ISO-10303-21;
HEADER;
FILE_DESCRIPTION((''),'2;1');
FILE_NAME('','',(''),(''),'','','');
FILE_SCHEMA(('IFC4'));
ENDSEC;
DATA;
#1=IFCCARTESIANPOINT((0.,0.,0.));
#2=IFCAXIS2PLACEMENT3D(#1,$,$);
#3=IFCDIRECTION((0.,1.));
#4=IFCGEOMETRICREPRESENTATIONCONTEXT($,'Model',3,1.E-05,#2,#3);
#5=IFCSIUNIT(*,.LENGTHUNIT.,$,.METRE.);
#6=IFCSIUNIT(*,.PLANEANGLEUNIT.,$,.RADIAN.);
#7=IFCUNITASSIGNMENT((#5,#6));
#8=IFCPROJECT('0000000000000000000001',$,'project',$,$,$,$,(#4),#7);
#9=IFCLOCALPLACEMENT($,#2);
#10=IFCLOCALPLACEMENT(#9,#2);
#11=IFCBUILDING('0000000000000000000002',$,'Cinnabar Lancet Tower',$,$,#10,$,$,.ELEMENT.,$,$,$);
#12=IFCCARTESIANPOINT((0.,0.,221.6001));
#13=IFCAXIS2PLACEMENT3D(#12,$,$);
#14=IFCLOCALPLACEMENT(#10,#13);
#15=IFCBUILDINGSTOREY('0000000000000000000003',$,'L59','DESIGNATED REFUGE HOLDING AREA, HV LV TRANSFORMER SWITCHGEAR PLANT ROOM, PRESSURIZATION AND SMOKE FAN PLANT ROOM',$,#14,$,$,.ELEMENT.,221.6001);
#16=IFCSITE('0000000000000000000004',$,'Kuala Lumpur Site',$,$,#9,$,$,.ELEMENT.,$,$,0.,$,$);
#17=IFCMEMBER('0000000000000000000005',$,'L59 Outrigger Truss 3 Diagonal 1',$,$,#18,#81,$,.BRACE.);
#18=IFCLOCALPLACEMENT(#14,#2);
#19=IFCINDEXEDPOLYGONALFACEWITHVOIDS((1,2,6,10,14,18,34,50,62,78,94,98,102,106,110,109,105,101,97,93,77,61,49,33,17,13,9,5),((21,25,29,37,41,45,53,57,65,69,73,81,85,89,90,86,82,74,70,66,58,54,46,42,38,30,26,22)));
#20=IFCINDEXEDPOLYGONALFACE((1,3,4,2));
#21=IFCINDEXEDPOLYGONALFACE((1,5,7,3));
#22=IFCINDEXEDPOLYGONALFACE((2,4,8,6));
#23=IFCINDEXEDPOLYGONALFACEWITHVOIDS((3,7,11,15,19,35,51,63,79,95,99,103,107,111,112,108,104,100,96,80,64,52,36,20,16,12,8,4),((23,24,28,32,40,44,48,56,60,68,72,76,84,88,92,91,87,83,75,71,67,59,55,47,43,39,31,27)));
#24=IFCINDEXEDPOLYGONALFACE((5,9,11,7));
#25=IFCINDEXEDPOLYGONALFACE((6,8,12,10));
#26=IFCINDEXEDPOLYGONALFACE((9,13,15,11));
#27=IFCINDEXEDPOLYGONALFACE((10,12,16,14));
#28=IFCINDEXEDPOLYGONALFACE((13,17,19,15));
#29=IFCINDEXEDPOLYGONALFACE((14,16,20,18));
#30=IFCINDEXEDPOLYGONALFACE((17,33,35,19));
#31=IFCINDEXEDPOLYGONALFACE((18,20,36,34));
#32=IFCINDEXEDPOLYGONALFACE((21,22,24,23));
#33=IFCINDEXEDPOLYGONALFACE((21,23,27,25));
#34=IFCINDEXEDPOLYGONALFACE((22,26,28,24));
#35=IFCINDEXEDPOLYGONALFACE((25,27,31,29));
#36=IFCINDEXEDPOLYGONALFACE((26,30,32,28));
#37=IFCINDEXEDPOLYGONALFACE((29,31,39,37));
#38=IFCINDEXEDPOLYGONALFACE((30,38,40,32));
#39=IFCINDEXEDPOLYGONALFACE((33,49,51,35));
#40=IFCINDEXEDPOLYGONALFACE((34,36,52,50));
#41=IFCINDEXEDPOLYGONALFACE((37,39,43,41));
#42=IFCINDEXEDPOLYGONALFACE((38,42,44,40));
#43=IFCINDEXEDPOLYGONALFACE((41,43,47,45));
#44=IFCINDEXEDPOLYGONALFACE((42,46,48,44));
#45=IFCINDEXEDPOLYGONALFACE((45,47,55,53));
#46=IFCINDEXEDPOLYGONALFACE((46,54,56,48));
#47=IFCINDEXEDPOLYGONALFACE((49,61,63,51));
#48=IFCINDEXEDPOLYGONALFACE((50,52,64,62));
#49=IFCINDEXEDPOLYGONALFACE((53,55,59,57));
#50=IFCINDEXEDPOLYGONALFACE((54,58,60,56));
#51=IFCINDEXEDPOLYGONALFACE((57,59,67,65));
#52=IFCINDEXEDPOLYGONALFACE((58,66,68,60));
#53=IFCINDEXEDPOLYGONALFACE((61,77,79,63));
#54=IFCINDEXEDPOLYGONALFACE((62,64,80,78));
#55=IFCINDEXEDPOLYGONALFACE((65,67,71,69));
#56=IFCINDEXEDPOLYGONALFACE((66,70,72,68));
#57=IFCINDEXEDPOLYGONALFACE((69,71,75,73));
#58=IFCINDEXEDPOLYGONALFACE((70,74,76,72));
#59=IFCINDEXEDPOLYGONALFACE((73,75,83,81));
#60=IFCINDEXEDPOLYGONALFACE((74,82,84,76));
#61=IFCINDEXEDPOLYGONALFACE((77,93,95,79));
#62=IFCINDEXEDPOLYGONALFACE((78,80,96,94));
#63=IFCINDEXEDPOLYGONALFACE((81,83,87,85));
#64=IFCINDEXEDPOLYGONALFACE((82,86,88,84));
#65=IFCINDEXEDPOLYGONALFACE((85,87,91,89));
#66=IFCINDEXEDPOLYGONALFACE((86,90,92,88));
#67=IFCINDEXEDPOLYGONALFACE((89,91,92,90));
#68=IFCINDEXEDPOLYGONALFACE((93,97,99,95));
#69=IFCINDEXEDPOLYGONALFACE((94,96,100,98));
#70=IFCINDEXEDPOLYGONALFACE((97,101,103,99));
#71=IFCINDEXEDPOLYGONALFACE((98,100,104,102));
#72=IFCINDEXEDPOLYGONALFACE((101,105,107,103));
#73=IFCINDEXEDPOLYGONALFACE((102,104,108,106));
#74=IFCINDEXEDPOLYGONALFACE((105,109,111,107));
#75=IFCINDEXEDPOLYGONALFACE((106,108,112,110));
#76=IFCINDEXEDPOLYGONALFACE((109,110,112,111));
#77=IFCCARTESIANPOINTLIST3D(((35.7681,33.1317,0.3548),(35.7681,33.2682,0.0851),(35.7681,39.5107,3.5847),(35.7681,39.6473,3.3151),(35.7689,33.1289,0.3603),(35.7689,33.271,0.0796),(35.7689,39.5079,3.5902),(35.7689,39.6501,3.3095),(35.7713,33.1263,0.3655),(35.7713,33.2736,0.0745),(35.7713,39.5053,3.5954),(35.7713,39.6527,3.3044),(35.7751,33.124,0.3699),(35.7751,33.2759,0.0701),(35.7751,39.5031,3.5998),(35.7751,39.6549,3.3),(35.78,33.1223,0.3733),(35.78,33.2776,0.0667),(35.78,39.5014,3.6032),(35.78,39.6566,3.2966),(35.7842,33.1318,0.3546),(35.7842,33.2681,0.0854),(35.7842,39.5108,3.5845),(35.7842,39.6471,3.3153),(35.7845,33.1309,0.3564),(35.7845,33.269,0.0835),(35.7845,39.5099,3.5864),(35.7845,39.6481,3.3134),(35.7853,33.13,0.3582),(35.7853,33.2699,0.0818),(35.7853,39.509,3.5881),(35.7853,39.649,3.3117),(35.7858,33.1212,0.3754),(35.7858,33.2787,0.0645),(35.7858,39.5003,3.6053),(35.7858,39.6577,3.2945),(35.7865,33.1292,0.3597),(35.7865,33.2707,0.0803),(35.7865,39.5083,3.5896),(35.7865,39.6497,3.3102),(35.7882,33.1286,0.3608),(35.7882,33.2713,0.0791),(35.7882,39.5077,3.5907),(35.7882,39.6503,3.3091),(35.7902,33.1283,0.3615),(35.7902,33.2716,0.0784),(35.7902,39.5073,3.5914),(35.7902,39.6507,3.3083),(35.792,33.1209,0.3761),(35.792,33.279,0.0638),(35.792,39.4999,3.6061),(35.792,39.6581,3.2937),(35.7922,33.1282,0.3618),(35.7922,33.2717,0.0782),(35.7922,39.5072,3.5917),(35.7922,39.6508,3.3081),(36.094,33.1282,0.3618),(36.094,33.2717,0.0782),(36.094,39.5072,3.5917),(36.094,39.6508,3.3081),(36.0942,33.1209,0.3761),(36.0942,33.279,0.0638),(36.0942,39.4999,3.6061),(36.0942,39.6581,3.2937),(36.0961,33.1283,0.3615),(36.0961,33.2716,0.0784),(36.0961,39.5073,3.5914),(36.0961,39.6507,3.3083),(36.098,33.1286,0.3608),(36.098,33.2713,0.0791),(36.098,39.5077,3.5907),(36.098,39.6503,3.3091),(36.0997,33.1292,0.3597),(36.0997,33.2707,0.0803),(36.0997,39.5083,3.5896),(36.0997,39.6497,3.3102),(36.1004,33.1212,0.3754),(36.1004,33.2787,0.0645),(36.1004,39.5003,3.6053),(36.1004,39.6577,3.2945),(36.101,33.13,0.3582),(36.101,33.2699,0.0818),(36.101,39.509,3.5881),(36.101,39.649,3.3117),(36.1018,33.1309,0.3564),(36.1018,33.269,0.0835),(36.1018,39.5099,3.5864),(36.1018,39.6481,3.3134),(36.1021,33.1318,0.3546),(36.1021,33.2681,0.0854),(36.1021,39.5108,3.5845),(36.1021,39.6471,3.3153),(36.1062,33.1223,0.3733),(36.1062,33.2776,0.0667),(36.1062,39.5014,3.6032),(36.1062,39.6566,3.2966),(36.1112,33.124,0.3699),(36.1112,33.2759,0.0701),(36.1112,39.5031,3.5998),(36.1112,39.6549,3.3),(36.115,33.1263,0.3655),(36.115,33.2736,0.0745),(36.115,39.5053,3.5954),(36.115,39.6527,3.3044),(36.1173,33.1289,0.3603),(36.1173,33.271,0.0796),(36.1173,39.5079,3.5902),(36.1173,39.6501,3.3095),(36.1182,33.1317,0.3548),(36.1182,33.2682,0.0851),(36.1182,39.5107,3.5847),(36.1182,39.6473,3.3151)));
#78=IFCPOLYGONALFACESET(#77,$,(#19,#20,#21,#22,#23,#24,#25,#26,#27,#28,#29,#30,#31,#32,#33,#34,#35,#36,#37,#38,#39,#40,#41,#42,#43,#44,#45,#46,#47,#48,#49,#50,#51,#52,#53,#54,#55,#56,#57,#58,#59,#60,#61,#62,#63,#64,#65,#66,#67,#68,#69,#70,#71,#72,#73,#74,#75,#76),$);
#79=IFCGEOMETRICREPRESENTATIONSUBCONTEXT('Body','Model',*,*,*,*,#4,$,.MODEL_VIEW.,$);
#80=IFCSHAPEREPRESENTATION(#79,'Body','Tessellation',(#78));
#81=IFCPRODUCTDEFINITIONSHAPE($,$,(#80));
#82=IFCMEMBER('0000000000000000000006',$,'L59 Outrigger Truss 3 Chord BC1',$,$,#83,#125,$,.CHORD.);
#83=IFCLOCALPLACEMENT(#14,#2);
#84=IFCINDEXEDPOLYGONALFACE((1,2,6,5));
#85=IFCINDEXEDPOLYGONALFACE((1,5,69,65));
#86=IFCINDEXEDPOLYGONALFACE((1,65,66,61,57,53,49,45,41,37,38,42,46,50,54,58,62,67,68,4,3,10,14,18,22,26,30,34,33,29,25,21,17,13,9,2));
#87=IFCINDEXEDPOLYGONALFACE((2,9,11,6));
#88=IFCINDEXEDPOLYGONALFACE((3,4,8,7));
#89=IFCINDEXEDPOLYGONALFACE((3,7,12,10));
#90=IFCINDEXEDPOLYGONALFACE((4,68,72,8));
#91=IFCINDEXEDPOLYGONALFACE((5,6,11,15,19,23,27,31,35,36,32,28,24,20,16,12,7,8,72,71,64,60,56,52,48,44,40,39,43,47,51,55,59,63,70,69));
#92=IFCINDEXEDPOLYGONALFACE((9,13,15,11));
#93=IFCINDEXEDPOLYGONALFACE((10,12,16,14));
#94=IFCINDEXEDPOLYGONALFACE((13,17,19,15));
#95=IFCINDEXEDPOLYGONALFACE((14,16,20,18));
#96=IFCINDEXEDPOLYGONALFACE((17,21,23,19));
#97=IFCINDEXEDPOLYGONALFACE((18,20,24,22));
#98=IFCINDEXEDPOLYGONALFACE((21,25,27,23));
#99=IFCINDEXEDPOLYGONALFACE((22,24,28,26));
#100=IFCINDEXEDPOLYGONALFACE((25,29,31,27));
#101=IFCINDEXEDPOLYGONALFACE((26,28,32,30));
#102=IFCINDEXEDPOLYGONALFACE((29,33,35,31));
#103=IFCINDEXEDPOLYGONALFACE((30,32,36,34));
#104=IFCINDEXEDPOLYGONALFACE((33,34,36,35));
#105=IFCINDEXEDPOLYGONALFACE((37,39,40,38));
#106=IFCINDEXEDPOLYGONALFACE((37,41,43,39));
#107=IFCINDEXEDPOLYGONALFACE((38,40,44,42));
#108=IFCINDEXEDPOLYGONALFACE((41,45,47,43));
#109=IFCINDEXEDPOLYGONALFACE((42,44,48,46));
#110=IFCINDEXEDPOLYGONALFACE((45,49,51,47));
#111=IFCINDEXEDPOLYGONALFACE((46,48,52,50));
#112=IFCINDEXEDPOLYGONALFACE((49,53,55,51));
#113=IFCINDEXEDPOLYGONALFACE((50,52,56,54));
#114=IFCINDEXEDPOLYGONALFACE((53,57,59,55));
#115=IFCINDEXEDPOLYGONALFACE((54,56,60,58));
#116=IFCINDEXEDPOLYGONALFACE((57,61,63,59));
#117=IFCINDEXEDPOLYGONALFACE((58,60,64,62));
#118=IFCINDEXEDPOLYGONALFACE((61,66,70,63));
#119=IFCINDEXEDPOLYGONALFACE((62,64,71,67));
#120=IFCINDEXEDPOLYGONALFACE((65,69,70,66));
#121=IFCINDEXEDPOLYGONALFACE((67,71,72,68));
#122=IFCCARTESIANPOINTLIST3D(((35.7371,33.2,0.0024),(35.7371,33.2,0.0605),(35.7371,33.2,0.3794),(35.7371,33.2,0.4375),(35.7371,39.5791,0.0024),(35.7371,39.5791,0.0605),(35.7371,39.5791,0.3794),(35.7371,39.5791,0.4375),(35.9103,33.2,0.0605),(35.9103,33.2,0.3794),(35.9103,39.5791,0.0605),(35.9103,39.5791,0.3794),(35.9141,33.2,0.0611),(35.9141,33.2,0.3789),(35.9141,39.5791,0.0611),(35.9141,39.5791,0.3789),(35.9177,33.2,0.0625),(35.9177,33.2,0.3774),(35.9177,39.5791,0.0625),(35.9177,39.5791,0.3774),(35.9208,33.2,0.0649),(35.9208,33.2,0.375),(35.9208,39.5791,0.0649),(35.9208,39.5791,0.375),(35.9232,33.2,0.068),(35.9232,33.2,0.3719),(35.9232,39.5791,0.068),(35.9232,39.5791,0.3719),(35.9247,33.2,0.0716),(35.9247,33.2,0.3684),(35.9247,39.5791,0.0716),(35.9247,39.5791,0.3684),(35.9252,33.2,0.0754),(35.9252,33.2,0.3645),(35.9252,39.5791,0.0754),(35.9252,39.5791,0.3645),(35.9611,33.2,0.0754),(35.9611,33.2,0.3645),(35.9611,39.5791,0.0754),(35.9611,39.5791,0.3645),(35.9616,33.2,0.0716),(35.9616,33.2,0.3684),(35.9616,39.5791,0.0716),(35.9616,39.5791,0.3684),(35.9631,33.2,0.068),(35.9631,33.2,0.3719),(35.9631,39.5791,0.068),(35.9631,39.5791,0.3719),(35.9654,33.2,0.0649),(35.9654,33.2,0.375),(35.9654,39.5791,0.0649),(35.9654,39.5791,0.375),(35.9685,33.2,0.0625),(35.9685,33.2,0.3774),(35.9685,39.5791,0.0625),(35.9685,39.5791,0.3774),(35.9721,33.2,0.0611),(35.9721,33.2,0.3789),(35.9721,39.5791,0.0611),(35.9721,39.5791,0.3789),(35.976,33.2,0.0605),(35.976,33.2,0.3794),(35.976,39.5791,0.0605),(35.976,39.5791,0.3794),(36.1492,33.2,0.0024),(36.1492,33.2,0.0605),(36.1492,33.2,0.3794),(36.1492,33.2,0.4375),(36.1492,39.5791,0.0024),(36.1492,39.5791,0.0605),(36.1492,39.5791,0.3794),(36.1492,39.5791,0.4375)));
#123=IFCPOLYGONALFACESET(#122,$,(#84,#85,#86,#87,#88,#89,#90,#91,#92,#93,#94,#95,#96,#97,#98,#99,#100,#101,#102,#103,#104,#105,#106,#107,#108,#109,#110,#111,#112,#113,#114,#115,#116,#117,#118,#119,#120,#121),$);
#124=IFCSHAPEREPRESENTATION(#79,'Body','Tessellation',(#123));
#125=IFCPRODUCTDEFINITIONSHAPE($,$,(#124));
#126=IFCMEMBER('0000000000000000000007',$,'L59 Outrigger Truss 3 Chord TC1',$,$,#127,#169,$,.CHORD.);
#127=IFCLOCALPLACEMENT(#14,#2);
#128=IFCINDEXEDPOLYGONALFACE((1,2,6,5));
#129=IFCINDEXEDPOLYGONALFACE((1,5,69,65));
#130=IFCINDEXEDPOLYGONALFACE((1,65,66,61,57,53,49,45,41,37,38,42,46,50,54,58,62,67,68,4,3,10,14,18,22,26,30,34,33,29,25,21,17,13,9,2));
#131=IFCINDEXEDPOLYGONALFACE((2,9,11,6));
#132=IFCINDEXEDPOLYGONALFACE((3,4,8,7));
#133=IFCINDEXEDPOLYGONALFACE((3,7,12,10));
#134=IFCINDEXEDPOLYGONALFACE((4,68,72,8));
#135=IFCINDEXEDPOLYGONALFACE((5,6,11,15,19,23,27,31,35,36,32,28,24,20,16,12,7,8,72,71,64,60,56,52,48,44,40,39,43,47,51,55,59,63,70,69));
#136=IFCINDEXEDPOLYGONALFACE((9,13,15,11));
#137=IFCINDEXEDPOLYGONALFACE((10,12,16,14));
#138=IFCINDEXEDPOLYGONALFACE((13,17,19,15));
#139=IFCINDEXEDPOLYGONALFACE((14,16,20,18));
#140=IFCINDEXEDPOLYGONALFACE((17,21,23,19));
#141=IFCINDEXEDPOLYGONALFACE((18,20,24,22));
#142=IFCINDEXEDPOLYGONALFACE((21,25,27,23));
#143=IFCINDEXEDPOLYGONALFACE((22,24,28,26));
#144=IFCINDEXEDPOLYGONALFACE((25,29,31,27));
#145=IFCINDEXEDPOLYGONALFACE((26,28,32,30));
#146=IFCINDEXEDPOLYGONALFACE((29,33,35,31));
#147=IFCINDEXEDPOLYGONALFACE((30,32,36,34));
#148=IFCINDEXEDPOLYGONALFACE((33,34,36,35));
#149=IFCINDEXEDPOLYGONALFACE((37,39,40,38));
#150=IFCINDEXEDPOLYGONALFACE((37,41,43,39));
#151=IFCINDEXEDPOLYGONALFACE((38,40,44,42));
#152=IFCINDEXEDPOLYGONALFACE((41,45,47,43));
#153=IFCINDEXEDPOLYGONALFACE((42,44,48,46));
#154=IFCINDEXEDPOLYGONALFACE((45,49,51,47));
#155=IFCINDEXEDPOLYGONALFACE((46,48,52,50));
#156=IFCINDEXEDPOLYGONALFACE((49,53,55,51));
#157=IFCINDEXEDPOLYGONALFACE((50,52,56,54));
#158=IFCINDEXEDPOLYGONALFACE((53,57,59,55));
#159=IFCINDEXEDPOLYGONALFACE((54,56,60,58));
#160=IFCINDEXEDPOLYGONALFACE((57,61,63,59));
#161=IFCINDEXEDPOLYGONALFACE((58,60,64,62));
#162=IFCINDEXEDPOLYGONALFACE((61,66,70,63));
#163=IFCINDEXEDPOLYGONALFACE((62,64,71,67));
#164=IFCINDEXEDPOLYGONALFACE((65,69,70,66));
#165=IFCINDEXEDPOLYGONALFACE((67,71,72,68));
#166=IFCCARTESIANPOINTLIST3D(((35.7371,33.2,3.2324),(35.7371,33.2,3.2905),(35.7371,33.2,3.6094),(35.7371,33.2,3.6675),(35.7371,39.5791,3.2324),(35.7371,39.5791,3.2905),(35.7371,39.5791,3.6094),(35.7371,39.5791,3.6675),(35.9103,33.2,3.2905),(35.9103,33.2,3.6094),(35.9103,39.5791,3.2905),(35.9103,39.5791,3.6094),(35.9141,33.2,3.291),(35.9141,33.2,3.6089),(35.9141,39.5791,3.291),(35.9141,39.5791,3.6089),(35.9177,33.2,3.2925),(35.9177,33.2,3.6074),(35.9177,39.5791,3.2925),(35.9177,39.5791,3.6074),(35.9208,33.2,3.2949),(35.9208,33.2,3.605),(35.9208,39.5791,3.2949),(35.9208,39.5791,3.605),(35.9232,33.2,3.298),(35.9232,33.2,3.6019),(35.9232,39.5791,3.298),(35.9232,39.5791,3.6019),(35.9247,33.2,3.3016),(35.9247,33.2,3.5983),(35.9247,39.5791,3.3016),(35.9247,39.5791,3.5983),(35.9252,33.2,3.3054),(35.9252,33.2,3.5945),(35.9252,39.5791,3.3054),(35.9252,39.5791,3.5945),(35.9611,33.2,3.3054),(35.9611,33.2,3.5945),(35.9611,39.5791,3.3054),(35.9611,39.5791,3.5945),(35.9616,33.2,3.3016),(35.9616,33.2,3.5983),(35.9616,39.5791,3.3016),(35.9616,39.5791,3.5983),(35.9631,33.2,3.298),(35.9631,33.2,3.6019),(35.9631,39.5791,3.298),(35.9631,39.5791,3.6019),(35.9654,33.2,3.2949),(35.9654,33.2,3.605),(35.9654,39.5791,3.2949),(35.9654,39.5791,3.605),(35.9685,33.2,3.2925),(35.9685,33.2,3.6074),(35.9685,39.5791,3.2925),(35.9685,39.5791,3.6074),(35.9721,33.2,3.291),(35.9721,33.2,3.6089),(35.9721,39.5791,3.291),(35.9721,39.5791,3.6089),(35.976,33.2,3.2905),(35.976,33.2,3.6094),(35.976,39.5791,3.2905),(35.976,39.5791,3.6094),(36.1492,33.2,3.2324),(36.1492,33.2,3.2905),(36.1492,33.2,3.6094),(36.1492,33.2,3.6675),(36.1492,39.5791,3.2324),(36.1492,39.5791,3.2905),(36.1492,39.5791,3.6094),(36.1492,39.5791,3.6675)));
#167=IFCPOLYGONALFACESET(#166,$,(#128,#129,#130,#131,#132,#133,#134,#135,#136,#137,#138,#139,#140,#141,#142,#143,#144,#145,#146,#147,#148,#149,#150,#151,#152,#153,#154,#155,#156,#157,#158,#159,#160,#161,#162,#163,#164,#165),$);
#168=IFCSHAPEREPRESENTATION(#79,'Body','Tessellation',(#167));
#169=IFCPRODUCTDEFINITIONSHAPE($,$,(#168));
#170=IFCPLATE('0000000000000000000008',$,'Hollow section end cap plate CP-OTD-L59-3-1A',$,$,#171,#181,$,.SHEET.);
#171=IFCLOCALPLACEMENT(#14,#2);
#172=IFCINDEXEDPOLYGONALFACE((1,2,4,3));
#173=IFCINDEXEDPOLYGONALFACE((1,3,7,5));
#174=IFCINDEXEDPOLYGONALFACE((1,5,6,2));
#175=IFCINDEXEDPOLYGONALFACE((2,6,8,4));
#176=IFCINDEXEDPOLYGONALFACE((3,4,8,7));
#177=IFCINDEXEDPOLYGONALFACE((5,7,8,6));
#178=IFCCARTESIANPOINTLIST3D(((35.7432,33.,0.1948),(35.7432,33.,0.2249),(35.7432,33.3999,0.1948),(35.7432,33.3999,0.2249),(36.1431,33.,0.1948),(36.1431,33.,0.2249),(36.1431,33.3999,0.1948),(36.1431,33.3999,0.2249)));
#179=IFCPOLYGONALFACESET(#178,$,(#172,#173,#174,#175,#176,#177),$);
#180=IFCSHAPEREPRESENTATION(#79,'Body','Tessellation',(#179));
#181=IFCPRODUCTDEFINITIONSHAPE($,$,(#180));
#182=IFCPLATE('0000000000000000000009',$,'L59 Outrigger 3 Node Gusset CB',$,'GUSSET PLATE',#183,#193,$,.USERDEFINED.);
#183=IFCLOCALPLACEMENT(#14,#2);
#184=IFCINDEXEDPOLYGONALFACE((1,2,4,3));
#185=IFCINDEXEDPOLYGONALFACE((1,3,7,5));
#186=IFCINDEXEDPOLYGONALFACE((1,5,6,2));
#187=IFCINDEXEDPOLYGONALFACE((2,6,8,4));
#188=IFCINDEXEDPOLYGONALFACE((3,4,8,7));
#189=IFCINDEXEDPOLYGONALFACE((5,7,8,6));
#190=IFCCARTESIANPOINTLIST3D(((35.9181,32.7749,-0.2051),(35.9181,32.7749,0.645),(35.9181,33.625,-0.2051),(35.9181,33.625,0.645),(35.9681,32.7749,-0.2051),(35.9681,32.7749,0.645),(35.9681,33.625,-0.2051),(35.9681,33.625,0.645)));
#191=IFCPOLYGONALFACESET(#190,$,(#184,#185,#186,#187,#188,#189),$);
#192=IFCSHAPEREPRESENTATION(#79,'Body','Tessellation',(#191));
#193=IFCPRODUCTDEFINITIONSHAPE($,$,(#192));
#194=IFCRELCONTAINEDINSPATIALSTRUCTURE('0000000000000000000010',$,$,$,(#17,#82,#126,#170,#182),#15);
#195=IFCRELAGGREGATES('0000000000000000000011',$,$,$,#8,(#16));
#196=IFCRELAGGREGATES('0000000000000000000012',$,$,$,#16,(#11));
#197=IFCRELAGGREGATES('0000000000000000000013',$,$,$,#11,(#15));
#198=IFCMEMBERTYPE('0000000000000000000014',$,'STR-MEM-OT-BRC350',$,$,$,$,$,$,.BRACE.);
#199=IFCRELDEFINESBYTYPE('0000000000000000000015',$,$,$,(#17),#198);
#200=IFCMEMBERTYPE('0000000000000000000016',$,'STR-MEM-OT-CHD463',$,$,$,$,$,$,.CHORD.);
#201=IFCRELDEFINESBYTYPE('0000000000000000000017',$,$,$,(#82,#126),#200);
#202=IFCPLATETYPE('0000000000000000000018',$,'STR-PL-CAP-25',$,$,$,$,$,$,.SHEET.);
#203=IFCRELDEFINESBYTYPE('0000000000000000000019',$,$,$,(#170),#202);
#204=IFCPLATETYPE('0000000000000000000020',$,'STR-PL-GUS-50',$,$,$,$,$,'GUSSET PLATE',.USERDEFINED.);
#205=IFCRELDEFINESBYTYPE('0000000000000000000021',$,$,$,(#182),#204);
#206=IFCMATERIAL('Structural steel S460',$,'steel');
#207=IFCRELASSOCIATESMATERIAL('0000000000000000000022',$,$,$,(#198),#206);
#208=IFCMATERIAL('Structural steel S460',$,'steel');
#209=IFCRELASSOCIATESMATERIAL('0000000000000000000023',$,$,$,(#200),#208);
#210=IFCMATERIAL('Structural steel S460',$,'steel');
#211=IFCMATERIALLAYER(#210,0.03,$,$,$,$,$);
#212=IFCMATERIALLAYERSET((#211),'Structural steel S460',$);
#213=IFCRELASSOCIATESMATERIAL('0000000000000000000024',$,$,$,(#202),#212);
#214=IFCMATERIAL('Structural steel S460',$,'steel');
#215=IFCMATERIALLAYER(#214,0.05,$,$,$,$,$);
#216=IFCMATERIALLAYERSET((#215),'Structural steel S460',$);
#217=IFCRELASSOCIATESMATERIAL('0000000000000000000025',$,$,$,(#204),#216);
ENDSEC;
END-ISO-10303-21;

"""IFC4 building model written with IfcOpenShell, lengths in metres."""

from ifc_helpers import new_model, si_unit, direction, frame, origin, origin_2d, place, context, subcontext, project, spatial, rectangle, hollow_rectangle, i_section, extrude, material, layer, layer_set, material_profile, profile_set, type_object, element, save


model = new_model("IFC4")

# Units and contexts
model_context = context("Model", 3, precision=1e-05, world=origin(), true_north=direction((0.0, 1.0)))
body_context = subcontext(model_context, "Body", "Model", "MODEL_VIEW")
ifc_project = project(units=[si_unit("LENGTHUNIT", "METRE"), si_unit("PLANEANGLEUNIT", "RADIAN")], contexts=[model_context])

# Site, building, storey
site_placement = place(None, origin())
site = spatial("IfcSite", under=ifc_project, at=site_placement, Name="Kuala Lumpur Site", CompositionType="ELEMENT", RefElevation=0.0)
building_placement = place(site_placement, origin())
building = spatial("IfcBuilding", under=site, at=building_placement, Name="Cinnabar Lancet Tower", CompositionType="ELEMENT")
storey_placement = place(building_placement, frame((0.0, 0.0, 221.6001)))
storey = spatial("IfcBuildingStorey", under=building, at=storey_placement, Name="L59", Description="DESIGNATED REFUGE HOLDING AREA, HV LV TRANSFORMER SWITCHGEAR PLANT ROOM, PRESSURIZATION AND SMOKE FAN PLANT ROOM", CompositionType="ELEMENT", Elevation=221.6001)

# Members
ifc_material_1 = material(Name="Structural steel S460", Category="steel")
ifc_material_profile_1 = material_profile(ifc_material_1, hollow_rectangle(XDim=0.3501, YDim=0.3501, WallThickness=0.0161, InnerFilletRadius=0.0081, OuterFilletRadius=0.0239, at=origin_2d()), Name="SHS 350x350x16")
ifc_profile_set_1 = profile_set([ifc_material_profile_1], Name="Structural steel S460")
member_type_1 = type_object("IfcMemberType", Name="STR-MEM-OT-BRC350", PredefinedType="BRACE", material=ifc_profile_set_1)
member_placement = place(storey_placement, frame((35.9431, 33.2, 0.22), z_axis=(0.0, 0.892155, 0.451729), x_axis=(-1.0, 0.0, 0.0)))
element("IfcMember", 1, at=member_placement, inside=storey, type_object=member_type_1, Name="L59 Outrigger Truss 3 Diagonal 1", PredefinedType="BRACE", context=body_context, shape_type="SweptSolid", body=[
    extrude(hollow_rectangle(XDim=0.3501, YDim=0.3501, WallThickness=0.0161, InnerFilletRadius=0.0081, OuterFilletRadius=0.0239, at=origin_2d()), origin(), (0.0, 0.0, 1.0), 7.1501),
])
ifc_material_2 = material(Name="Structural steel S460", Category="steel")
ifc_material_profile_2 = material_profile(ifc_material_2, i_section(OverallWidth=0.4121, OverallDepth=0.4351, WebThickness=0.0359, FlangeThickness=0.0581, FilletRadius=0.0149, at=origin_2d()), Name="HD 400x463")
ifc_profile_set_2 = profile_set([ifc_material_profile_2], Name="Structural steel S460")
member_type_2 = type_object("IfcMemberType", Name="STR-MEM-OT-CHD463", PredefinedType="CHORD", material=ifc_profile_set_2)
for number, where, z_axis, x_axis, name in (
    (2, (35.9431, 33.2, 0.22), (0.0, 1.0, 0.0), (-1.0, 0.0, 0.0), "L59 Outrigger Truss 3 Chord BC1"),
    (3, (35.9431, 33.2, 3.45), (0.0, 1.0, 0.0), (-1.0, 0.0, 0.0), "L59 Outrigger Truss 3 Chord TC1"),
):
    element("IfcMember", number, at=place(storey_placement, frame(where, z_axis=z_axis, x_axis=x_axis)), inside=storey, type_object=member_type_2, Name=name, PredefinedType="CHORD", context=body_context, shape_type="SweptSolid", body=[
        extrude(i_section(OverallWidth=0.4121, OverallDepth=0.4351, WebThickness=0.0359, FlangeThickness=0.0581, FilletRadius=0.0149, at=origin_2d()), origin(), (0.0, 0.0, 1.0), 6.3792),
    ])

# Plates
ifc_material_3 = material(Name="Structural steel S460", Category="steel")
ifc_layer_1 = layer(ifc_material_3, 0.03)
ifc_layer_set_1 = layer_set([ifc_layer_1], Name="Structural steel S460")
plate_type_1 = type_object("IfcPlateType", Name="STR-PL-CAP-25", PredefinedType="SHEET", material=ifc_layer_set_1)
plate_placement = place(storey_placement, frame((35.9431, 33.2, 0.1948), z_axis=(0.0, 0.0, 1.0), x_axis=(0.0, -1.0, 0.0)))
element("IfcPlate", 4, at=plate_placement, inside=storey, type_object=plate_type_1, Name="Hollow section end cap plate CP-OTD-L59-3-1A", PredefinedType="SHEET", context=body_context, shape_type="SweptSolid", body=[
    extrude(rectangle(XDim=0.3999, YDim=0.3999, at=origin_2d()), origin(), (0.0, 0.0, 1.0), 0.03),
])
ifc_material_4 = material(Name="Structural steel S460", Category="steel")
ifc_layer_2 = layer(ifc_material_4, 0.05)
ifc_layer_set_2 = layer_set([ifc_layer_2], Name="Structural steel S460")
plate_type_2 = type_object("IfcPlateType", Name="STR-PL-GUS-50", ElementType="GUSSET PLATE", PredefinedType="USERDEFINED", material=ifc_layer_set_2)
for number, where, z_axis, x_axis, name in (
    (5, (35.9431, 33.2, -0.2051), (0.0, 0.0, 1.0), (1.0, 0.0, 0.0), "L59 Outrigger 3 Node Gusset CB"),
):
    element("IfcPlate", number, at=place(storey_placement, frame(where, z_axis=z_axis, x_axis=x_axis)), inside=storey, type_object=plate_type_2, Name=name, ObjectType="GUSSET PLATE", PredefinedType="USERDEFINED", context=body_context, shape_type="SweptSolid", body=[
        extrude(rectangle(XDim=0.05, YDim=0.8501, at=origin_2d()), origin(), (0.0, 0.0, 1.0), 0.8501),
    ])

save(model, "model.ifc")
